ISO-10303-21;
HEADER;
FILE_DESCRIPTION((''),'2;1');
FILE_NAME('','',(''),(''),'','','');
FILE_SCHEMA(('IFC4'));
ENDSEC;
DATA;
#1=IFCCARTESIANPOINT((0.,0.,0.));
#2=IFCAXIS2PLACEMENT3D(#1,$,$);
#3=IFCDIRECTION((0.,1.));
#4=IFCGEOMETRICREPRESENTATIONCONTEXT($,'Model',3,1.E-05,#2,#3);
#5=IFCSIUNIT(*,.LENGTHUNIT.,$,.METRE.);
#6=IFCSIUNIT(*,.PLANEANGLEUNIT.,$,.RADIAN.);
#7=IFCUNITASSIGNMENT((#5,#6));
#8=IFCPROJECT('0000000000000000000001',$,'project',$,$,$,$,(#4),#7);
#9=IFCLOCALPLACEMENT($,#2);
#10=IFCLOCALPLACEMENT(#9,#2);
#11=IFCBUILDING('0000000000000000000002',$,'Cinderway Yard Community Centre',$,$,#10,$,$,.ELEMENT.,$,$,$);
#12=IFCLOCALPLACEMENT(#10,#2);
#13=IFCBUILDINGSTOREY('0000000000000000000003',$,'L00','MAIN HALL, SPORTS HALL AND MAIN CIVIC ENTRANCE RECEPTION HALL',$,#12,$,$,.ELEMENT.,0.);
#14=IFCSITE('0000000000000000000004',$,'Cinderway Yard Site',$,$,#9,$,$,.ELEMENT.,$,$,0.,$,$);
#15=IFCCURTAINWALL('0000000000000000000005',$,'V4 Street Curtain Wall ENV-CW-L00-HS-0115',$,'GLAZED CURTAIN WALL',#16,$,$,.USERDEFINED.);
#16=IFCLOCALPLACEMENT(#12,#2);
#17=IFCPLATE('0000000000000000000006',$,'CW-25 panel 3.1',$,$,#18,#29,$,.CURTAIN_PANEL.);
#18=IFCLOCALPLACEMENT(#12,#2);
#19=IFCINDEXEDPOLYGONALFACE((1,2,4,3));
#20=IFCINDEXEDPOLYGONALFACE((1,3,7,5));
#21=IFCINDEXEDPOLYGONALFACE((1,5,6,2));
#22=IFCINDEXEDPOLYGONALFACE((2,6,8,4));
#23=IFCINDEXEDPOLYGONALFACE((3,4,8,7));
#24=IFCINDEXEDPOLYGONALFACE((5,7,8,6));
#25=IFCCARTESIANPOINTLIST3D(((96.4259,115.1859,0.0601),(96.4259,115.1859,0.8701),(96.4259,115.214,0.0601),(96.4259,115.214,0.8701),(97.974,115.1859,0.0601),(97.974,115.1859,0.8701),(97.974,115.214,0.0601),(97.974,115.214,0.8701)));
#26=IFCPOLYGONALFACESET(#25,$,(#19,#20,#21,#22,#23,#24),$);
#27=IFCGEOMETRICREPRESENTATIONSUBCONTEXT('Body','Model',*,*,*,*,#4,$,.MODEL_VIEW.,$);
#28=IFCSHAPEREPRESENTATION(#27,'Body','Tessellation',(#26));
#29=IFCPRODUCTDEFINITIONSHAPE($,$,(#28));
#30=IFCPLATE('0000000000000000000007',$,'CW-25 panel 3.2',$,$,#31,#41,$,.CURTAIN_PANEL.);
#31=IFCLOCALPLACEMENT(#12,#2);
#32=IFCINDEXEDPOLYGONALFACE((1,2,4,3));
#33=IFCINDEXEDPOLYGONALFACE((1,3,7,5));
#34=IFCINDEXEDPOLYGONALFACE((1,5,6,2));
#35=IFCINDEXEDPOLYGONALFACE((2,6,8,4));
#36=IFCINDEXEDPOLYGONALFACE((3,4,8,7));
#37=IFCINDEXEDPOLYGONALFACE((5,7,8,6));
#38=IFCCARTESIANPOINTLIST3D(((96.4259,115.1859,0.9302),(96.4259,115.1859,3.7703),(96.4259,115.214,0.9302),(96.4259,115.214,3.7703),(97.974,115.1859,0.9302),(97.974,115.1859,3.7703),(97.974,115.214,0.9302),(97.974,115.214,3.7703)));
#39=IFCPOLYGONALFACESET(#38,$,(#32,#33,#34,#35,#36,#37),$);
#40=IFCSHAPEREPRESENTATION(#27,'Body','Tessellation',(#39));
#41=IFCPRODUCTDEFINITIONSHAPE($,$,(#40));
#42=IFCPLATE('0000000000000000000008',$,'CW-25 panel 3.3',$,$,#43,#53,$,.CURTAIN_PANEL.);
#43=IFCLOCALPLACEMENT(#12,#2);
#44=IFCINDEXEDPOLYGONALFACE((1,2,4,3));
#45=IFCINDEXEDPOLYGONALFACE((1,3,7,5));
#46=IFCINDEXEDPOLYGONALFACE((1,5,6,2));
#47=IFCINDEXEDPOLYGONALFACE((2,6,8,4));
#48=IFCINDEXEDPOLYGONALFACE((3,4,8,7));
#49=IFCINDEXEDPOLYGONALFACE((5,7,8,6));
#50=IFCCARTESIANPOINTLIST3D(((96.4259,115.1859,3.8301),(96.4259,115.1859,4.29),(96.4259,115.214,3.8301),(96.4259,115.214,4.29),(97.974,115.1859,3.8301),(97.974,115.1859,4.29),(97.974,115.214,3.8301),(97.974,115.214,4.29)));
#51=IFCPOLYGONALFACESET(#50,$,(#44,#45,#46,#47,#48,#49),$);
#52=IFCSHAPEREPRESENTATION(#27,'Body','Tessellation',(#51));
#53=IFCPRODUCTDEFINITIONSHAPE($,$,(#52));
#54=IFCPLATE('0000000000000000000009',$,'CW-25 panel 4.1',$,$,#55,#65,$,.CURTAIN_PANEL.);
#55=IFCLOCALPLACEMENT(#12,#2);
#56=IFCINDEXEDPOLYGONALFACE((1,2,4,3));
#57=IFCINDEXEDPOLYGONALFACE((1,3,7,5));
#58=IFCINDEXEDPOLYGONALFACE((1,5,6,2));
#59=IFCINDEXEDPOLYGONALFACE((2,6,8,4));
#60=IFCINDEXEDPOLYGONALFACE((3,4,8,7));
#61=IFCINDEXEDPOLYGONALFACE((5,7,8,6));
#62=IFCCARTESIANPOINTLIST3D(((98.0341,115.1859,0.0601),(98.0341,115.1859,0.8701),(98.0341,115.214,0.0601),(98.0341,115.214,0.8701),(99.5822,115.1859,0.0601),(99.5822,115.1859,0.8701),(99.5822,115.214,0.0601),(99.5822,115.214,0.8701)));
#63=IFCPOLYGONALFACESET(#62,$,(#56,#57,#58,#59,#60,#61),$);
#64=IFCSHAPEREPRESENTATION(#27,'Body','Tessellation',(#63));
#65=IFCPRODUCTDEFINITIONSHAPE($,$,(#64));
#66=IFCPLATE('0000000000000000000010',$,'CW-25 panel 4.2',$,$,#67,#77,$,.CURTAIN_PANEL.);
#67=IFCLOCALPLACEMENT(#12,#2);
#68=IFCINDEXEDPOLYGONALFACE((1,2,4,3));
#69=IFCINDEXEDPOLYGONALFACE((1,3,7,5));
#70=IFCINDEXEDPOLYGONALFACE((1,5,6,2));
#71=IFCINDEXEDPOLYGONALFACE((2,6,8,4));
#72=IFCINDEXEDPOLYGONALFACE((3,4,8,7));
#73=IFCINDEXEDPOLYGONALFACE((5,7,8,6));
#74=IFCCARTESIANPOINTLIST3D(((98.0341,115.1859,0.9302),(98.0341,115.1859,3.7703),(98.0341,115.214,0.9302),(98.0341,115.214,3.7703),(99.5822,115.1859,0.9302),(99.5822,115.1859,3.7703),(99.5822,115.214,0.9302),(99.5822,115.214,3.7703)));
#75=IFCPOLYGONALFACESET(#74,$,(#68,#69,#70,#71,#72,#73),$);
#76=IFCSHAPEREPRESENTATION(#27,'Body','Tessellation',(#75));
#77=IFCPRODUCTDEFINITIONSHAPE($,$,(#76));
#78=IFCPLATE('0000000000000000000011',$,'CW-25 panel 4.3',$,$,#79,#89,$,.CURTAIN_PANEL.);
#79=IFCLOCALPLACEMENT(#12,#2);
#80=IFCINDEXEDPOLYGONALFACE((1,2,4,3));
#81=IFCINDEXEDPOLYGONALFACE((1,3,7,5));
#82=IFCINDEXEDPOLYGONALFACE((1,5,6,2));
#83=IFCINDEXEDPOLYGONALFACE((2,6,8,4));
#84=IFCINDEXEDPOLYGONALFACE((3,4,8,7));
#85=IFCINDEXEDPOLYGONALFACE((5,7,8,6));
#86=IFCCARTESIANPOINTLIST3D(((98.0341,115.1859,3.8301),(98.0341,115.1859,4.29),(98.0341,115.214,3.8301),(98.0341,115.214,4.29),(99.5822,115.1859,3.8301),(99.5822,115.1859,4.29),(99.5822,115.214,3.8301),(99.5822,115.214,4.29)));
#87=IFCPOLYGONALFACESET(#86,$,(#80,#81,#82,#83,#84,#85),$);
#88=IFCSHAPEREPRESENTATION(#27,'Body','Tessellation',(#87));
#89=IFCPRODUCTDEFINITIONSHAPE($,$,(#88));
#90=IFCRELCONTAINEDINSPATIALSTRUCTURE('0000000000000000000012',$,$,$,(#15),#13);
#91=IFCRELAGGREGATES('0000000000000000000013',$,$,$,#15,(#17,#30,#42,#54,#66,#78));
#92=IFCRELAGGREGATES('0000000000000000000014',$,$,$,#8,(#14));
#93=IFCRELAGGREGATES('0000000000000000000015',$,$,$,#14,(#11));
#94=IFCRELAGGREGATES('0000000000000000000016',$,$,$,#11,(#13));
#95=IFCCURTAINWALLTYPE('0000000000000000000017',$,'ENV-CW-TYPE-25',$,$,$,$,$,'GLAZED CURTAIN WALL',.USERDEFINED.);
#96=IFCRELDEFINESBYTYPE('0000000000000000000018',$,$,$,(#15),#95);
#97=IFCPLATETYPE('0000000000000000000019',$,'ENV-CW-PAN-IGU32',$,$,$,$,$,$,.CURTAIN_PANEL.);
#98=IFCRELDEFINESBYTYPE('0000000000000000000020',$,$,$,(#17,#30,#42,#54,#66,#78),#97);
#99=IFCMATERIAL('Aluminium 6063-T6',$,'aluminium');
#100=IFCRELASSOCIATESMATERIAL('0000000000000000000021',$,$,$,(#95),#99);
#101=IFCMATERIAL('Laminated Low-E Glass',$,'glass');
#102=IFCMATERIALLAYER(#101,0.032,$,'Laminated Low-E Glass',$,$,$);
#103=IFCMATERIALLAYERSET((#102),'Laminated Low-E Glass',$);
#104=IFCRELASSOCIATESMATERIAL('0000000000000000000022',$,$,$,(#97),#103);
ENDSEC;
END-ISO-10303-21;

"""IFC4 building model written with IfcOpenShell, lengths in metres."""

from ifc_helpers import new_model, si_unit, direction, frame, origin, origin_2d, place, context, subcontext, project, spatial, rectangle, extrude, material, layer, layer_set, type_object, element, aggregate, save


model = new_model("IFC4")

# Units and contexts
model_context = context("Model", 3, precision=1e-05, world=origin(), true_north=direction((0.0, 1.0)))
body_context = subcontext(model_context, "Body", "Model", "MODEL_VIEW")
ifc_project = project(units=[si_unit("LENGTHUNIT", "METRE"), si_unit("PLANEANGLEUNIT", "RADIAN")], contexts=[model_context])

# Site, building, storey
site_placement = place(None, origin())
site = spatial("IfcSite", under=ifc_project, at=site_placement, Name="Cinderway Yard Site", CompositionType="ELEMENT", RefElevation=0.0)
building_placement = place(site_placement, origin())
building = spatial("IfcBuilding", under=site, at=building_placement, Name="Cinderway Yard Community Centre", CompositionType="ELEMENT")
storey_placement = place(building_placement, origin())
storey = spatial("IfcBuildingStorey", under=building, at=storey_placement, Name="L00", Description="MAIN HALL, SPORTS HALL AND MAIN CIVIC ENTRANCE RECEPTION HALL", CompositionType="ELEMENT", Elevation=0.0)

# Curtain wall, plates
ifc_material_1 = material(Name="Aluminium 6063-T6", Category="aluminium")
curtain_wall_type = type_object("IfcCurtainWallType", Name="ENV-CW-TYPE-25", ElementType="GLAZED CURTAIN WALL", PredefinedType="USERDEFINED", material=ifc_material_1)
curtain_wall_placement = place(storey_placement, origin())
curtain_wall = element("IfcCurtainWall", 1, at=curtain_wall_placement, inside=storey, type_object=curtain_wall_type, Name="V4 Street Curtain Wall ENV-CW-L00-HS-0115", ObjectType="GLAZED CURTAIN WALL", PredefinedType="USERDEFINED")
ifc_material_2 = material(Name="Laminated Low-E Glass", Category="glass")
ifc_layer = layer(ifc_material_2, 0.032, Name="Laminated Low-E Glass")
ifc_layer_set = layer_set([ifc_layer], Name="Laminated Low-E Glass")
plate_type = type_object("IfcPlateType", Name="ENV-CW-PAN-IGU32", PredefinedType="CURTAIN_PANEL", material=ifc_layer_set)
plate_1_placement = place(storey_placement, frame((97.2, 115.2, 0.0601), z_axis=(0.0, 0.0, 1.0), x_axis=(1.0, 0.0, 0.0)))
plate_1 = element("IfcPlate", 2, at=plate_1_placement, type_object=plate_type, Name="CW-25 panel 3.1", PredefinedType="CURTAIN_PANEL", context=body_context, shape_type="SweptSolid", body=[
    extrude(rectangle(XDim=1.5481, YDim=0.0281, at=origin_2d()), origin(), (0.0, 0.0, 1.0), 0.8101),
])
plate_2_placement = place(storey_placement, frame((97.2, 115.2, 0.9302), z_axis=(0.0, 0.0, 1.0), x_axis=(1.0, 0.0, 0.0)))
plate_2 = element("IfcPlate", 3, at=plate_2_placement, type_object=plate_type, Name="CW-25 panel 3.2", PredefinedType="CURTAIN_PANEL", context=body_context, shape_type="SweptSolid", body=[
    extrude(rectangle(XDim=1.5481, YDim=0.0281, at=origin_2d()), origin(), (0.0, 0.0, 1.0), 2.8401),
])
plate_3_placement = place(storey_placement, frame((97.2, 115.2, 3.8301), z_axis=(0.0, 0.0, 1.0), x_axis=(1.0, 0.0, 0.0)))
plate_3 = element("IfcPlate", 4, at=plate_3_placement, type_object=plate_type, Name="CW-25 panel 3.3", PredefinedType="CURTAIN_PANEL", context=body_context, shape_type="SweptSolid", body=[
    extrude(rectangle(XDim=1.5481, YDim=0.0281, at=origin_2d()), origin(), (0.0, 0.0, 1.0), 0.46),
])
plate_4_placement = place(storey_placement, frame((98.8081, 115.2, 0.0601), z_axis=(0.0, 0.0, 1.0), x_axis=(1.0, 0.0, 0.0)))
plate_4 = element("IfcPlate", 5, at=plate_4_placement, type_object=plate_type, Name="CW-25 panel 4.1", PredefinedType="CURTAIN_PANEL", context=body_context, shape_type="SweptSolid", body=[
    extrude(rectangle(XDim=1.5481, YDim=0.0281, at=origin_2d()), origin(), (0.0, 0.0, 1.0), 0.8101),
])
plate_5_placement = place(storey_placement, frame((98.8081, 115.2, 0.9302), z_axis=(0.0, 0.0, 1.0), x_axis=(1.0, 0.0, 0.0)))
plate_5 = element("IfcPlate", 6, at=plate_5_placement, type_object=plate_type, Name="CW-25 panel 4.2", PredefinedType="CURTAIN_PANEL", context=body_context, shape_type="SweptSolid", body=[
    extrude(rectangle(XDim=1.5481, YDim=0.0281, at=origin_2d()), origin(), (0.0, 0.0, 1.0), 2.8401),
])
plate_6_placement = place(storey_placement, frame((98.8081, 115.2, 3.8301), z_axis=(0.0, 0.0, 1.0), x_axis=(1.0, 0.0, 0.0)))
plate_6 = element("IfcPlate", 7, at=plate_6_placement, type_object=plate_type, Name="CW-25 panel 4.3", PredefinedType="CURTAIN_PANEL", context=body_context, shape_type="SweptSolid", body=[
    extrude(rectangle(XDim=1.5481, YDim=0.0281, at=origin_2d()), origin(), (0.0, 0.0, 1.0), 0.46),
])
aggregate(curtain_wall, [plate_1, plate_2, plate_3, plate_4, plate_5, plate_6])

save(model, "model.ifc")
